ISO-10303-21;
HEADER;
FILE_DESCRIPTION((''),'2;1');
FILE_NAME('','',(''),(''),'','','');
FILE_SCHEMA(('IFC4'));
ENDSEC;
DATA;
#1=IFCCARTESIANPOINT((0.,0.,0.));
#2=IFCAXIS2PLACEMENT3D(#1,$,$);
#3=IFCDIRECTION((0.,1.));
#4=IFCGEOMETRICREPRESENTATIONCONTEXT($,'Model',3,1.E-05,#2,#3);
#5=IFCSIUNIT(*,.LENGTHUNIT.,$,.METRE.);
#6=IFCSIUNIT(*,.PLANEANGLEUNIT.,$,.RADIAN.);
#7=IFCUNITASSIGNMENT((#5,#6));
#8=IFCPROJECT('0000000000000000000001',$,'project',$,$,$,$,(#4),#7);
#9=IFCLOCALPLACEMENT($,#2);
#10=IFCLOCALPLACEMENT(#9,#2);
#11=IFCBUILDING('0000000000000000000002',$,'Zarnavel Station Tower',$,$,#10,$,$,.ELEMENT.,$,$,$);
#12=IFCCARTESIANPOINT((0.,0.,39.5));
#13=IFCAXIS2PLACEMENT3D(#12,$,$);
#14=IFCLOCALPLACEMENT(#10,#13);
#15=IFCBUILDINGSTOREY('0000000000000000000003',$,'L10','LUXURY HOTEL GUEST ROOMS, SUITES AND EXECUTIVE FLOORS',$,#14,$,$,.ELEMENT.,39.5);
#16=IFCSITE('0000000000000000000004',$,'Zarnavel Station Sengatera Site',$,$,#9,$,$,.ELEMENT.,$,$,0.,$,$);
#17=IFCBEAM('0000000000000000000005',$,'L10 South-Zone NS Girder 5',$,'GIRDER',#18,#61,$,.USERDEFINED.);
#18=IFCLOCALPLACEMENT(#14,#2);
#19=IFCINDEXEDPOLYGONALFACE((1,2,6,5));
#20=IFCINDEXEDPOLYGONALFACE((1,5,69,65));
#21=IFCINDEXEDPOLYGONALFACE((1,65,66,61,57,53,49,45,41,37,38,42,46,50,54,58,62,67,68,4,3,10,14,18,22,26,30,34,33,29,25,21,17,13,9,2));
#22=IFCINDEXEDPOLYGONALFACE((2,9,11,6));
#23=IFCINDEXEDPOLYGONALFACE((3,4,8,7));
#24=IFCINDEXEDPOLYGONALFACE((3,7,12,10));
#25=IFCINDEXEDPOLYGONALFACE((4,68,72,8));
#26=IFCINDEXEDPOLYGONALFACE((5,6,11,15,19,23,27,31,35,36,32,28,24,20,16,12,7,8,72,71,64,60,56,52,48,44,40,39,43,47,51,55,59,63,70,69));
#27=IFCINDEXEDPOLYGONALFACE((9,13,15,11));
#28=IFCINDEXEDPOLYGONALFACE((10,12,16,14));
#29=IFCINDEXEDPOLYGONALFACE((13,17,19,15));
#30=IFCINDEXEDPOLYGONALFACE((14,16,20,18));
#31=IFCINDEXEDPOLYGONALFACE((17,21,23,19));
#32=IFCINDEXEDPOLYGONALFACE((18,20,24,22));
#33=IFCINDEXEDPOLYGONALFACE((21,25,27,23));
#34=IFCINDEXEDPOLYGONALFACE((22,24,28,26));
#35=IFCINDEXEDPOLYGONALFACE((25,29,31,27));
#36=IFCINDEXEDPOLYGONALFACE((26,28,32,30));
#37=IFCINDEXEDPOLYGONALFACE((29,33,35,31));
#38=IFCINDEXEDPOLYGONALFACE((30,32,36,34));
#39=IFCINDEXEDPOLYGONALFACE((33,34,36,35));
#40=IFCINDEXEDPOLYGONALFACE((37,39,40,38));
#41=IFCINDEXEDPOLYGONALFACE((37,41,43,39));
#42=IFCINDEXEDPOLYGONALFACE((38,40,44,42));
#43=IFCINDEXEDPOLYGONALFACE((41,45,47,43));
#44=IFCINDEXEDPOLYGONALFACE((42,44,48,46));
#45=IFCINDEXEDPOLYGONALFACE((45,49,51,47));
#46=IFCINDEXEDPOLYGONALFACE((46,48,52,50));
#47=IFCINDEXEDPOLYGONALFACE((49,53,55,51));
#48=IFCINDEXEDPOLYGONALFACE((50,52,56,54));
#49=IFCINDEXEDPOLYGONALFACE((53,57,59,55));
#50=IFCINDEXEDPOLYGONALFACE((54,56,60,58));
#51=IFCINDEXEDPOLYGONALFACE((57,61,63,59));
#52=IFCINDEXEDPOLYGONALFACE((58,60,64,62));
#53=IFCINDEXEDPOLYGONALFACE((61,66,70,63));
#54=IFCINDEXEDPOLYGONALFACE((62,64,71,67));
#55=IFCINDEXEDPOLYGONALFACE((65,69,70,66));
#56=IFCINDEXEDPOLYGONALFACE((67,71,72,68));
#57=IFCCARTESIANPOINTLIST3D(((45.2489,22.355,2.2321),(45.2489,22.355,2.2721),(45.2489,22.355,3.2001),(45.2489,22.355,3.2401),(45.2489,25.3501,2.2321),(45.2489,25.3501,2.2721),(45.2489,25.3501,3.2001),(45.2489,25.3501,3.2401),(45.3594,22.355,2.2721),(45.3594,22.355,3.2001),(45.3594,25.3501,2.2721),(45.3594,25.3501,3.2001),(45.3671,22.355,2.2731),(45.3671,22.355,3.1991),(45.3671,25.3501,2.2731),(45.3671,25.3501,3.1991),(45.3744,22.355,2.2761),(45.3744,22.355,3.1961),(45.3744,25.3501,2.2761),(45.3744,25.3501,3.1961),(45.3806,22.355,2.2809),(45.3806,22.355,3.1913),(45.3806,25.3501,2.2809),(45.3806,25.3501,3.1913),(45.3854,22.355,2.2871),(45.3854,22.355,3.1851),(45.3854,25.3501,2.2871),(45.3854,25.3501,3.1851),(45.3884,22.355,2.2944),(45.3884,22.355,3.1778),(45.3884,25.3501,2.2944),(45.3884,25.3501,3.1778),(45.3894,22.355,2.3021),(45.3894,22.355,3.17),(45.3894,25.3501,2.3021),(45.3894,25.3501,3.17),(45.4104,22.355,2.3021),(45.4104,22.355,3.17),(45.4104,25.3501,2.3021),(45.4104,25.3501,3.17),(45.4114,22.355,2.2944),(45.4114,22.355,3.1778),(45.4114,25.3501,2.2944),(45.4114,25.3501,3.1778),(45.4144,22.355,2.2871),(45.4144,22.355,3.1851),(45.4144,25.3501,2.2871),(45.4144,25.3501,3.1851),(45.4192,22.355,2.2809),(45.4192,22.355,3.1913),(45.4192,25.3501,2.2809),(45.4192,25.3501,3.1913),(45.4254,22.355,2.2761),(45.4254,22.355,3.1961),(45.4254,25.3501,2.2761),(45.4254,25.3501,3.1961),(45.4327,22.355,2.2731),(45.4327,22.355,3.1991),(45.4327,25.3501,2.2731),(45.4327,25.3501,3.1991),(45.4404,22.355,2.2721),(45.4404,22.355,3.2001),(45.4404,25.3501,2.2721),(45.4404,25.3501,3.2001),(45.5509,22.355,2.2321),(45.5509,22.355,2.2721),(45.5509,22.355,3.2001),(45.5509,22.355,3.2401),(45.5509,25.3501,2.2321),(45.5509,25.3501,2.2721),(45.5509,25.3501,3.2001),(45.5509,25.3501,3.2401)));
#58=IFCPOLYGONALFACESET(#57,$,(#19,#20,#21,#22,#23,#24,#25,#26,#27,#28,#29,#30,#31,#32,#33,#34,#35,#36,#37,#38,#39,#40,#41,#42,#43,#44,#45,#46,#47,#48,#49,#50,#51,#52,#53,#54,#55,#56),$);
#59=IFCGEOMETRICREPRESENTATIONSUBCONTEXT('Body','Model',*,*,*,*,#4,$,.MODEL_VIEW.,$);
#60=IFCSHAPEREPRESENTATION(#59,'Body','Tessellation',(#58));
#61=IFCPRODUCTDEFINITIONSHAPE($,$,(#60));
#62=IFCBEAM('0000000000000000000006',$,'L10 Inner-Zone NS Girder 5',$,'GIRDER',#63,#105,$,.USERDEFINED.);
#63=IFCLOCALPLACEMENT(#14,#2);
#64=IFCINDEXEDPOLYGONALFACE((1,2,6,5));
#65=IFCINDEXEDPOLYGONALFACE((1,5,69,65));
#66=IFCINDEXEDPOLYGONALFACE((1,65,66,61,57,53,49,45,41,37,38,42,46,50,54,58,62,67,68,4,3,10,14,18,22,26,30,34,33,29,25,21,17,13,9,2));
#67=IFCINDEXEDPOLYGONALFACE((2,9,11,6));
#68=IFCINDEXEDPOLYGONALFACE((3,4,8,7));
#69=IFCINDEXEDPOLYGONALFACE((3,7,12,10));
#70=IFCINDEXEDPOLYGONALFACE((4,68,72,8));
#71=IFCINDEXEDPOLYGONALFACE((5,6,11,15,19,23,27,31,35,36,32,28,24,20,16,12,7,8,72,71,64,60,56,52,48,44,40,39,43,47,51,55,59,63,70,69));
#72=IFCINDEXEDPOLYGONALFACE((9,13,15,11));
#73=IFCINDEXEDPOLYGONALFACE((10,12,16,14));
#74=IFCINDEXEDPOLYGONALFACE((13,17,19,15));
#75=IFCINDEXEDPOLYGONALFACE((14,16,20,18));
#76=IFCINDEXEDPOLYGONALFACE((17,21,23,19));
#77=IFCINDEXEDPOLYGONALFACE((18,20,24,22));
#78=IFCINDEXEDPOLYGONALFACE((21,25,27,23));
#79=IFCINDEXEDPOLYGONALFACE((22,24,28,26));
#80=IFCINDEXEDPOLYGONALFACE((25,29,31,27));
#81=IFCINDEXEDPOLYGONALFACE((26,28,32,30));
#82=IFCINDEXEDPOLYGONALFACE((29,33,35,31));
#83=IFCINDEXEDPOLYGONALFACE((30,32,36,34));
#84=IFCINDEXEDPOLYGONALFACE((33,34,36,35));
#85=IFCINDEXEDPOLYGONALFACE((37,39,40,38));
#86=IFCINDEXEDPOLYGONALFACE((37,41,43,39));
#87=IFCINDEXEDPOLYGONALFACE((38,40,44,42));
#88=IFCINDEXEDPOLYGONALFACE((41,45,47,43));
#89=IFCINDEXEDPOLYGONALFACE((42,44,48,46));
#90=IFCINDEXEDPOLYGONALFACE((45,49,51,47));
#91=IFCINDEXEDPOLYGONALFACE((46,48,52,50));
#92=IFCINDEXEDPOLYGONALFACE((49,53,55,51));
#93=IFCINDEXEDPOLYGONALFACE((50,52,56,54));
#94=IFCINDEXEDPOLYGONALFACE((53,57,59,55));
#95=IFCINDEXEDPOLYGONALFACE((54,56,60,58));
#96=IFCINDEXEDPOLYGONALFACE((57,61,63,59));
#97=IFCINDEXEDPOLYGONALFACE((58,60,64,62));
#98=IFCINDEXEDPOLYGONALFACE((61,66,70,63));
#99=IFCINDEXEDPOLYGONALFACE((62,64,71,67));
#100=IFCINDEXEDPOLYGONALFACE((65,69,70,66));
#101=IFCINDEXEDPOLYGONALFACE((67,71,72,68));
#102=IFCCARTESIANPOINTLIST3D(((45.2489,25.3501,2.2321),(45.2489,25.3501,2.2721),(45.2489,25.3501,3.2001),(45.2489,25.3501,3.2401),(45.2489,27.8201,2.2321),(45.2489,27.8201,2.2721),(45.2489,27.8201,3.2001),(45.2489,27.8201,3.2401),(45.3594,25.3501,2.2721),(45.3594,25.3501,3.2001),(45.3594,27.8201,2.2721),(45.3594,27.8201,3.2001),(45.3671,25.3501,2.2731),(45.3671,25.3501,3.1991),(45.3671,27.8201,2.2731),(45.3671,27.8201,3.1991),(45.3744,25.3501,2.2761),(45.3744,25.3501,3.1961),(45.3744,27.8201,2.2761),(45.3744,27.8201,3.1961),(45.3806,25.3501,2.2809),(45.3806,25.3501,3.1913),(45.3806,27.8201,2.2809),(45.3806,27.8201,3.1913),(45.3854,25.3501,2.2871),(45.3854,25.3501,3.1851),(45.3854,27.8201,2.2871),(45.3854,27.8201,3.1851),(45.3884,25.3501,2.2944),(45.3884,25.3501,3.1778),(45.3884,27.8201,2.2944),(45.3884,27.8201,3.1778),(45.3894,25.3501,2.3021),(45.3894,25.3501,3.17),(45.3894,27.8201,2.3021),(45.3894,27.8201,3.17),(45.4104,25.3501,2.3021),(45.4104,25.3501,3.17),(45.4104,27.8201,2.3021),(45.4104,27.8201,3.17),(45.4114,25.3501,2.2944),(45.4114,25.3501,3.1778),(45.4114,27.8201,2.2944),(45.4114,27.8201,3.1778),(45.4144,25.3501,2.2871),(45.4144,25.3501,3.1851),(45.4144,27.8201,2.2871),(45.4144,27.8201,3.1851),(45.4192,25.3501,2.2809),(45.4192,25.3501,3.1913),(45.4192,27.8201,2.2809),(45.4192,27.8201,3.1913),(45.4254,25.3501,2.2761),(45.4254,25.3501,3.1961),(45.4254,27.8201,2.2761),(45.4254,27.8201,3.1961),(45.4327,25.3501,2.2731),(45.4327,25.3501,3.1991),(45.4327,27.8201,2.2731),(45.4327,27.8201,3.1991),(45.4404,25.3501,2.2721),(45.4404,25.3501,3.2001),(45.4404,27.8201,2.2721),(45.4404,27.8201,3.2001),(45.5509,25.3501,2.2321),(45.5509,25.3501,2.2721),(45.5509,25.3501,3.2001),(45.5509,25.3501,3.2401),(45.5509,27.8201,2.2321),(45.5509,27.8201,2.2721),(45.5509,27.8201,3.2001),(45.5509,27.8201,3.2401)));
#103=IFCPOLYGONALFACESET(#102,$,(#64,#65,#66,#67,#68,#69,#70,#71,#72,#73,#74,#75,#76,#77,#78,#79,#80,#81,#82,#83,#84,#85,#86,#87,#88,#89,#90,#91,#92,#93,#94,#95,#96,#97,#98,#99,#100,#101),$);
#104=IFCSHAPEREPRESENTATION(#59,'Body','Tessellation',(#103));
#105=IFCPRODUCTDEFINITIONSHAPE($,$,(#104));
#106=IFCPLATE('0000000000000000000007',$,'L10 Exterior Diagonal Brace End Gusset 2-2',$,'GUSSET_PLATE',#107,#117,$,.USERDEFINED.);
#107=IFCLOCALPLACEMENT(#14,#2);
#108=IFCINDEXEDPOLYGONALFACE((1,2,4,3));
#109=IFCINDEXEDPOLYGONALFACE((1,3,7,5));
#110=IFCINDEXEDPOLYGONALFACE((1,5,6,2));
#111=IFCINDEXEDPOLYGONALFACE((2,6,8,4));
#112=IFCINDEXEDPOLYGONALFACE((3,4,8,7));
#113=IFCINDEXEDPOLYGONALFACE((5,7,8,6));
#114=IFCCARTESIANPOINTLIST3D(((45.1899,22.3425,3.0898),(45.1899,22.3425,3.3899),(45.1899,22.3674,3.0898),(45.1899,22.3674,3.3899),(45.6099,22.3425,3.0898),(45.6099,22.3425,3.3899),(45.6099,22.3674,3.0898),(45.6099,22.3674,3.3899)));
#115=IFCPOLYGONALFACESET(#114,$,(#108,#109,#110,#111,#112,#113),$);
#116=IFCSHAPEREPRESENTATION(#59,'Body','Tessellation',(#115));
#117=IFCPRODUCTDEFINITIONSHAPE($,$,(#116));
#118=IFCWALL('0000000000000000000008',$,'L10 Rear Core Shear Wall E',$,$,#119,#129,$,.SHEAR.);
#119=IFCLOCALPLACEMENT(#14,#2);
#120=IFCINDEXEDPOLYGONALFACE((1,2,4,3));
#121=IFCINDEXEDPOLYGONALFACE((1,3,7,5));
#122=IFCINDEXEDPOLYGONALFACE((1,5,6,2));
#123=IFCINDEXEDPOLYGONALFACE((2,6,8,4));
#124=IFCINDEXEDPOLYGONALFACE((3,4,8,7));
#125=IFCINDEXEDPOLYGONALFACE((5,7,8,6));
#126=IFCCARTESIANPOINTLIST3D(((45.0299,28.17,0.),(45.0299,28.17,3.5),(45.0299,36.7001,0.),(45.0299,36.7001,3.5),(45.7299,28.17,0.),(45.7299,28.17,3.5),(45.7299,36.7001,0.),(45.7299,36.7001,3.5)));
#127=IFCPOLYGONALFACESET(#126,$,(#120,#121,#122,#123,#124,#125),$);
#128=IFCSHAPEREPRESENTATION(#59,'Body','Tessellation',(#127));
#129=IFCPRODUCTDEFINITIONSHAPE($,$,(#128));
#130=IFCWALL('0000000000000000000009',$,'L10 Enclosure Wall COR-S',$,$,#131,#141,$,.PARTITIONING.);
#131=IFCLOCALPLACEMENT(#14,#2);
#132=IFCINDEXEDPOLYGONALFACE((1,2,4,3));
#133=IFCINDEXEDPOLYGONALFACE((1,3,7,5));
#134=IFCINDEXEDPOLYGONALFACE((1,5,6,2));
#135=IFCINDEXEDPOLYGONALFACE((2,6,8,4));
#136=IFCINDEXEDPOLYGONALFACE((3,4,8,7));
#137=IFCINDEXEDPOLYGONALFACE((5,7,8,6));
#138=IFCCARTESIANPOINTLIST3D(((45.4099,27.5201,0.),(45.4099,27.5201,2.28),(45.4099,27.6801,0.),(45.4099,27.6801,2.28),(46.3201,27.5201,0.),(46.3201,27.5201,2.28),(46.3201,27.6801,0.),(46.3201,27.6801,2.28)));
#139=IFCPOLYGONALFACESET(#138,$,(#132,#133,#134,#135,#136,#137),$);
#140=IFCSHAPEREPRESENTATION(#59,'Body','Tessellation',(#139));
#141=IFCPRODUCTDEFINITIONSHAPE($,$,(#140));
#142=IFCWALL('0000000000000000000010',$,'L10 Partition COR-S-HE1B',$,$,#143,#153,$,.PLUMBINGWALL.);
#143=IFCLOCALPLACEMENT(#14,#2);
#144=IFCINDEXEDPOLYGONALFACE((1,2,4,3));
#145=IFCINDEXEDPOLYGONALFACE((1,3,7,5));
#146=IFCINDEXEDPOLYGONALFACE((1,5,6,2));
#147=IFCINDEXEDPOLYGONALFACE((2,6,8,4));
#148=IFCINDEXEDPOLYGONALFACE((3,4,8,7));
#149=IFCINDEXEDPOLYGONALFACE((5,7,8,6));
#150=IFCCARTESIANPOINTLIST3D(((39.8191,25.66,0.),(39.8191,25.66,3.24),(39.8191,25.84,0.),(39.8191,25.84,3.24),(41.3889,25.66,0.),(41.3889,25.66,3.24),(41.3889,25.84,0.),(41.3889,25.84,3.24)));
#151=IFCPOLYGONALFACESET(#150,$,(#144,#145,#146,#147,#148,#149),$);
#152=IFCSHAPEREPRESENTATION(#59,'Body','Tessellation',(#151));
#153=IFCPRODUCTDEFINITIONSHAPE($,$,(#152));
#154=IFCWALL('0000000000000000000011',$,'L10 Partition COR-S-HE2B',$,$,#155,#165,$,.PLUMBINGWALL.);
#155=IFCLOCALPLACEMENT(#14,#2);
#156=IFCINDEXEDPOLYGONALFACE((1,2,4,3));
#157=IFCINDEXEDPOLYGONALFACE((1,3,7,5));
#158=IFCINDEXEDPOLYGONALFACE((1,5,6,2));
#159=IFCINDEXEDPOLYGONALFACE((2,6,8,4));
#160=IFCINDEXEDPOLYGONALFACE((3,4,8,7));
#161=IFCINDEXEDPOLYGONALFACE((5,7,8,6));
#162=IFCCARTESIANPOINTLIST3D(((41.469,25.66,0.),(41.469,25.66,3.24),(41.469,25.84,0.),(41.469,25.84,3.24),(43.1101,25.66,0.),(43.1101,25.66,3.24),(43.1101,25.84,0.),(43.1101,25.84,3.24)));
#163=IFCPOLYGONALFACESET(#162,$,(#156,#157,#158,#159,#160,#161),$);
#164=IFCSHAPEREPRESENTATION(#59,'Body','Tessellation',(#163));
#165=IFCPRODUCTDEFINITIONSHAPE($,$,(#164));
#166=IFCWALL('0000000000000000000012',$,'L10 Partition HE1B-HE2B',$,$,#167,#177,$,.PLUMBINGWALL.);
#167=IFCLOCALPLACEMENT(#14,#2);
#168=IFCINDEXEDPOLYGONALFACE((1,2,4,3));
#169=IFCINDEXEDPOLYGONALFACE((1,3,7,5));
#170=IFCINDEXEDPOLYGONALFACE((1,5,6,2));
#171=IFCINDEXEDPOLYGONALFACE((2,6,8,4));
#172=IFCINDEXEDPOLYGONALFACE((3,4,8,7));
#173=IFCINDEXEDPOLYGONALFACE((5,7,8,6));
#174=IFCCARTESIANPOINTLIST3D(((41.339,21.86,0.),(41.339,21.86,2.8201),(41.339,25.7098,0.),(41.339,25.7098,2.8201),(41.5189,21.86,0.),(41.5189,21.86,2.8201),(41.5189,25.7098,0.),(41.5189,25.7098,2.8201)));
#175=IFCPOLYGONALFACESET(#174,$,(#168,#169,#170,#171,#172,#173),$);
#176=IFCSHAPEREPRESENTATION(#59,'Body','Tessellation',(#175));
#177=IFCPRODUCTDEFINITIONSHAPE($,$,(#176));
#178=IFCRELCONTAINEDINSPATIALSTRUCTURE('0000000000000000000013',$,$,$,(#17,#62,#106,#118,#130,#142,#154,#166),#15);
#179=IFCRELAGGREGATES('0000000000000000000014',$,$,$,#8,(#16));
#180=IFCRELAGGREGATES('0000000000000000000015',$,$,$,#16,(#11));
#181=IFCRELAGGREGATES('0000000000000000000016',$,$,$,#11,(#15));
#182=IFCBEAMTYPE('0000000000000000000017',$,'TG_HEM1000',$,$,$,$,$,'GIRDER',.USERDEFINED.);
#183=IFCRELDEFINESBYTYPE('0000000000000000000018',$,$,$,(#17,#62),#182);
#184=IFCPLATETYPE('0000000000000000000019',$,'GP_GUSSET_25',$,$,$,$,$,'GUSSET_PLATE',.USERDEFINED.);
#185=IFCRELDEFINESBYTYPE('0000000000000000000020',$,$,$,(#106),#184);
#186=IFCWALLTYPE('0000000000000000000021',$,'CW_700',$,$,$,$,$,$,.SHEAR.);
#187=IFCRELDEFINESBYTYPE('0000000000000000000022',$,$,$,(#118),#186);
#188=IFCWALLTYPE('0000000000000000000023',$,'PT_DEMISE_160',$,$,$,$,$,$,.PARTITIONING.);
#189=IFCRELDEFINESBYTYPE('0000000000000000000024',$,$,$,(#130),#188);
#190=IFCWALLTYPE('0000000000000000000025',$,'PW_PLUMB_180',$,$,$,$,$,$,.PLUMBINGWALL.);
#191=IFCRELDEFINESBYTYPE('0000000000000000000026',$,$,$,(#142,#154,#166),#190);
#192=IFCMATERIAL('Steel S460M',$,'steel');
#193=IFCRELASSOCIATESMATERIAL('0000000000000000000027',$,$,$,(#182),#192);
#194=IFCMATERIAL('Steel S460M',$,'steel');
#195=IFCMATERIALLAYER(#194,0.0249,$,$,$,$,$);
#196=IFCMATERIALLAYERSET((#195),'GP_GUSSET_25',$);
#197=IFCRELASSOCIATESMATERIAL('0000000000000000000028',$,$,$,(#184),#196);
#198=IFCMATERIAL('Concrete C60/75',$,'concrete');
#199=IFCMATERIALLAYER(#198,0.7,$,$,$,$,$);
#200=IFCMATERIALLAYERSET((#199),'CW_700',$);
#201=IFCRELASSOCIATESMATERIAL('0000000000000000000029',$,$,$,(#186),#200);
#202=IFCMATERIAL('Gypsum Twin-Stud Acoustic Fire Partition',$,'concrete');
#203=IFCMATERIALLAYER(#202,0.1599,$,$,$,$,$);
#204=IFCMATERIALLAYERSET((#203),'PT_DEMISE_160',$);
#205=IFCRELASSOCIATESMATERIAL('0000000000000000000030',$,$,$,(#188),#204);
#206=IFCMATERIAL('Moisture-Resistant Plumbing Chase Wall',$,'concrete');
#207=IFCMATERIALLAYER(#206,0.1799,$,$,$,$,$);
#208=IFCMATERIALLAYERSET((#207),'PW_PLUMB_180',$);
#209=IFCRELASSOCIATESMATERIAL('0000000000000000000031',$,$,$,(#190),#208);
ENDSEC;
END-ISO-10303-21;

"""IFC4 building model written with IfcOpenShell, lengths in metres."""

from ifc_helpers import new_model, si_unit, direction, frame, frame_2d, origin, origin_2d, place, context, subcontext, project, spatial, rectangle, i_section, extrude, material, layer, layer_set, material_profile, profile_set, type_object, element, save


model = new_model("IFC4")

# Units and contexts
model_context = context("Model", 3, precision=1e-05, world=origin(), true_north=direction((0.0, 1.0)))
body_context = subcontext(model_context, "Body", "Model", "MODEL_VIEW")
ifc_project = project(units=[si_unit("LENGTHUNIT", "METRE"), si_unit("PLANEANGLEUNIT", "RADIAN")], contexts=[model_context])

# Site, building, storey
site_placement = place(None, origin())
site = spatial("IfcSite", under=ifc_project, at=site_placement, Name="Zarnavel Station Sengatera Site", CompositionType="ELEMENT", RefElevation=0.0)
building_placement = place(site_placement, origin())
building = spatial("IfcBuilding", under=site, at=building_placement, Name="Zarnavel Station Tower", CompositionType="ELEMENT")
storey_placement = place(building_placement, frame((0.0, 0.0, 39.5)))
storey = spatial("IfcBuildingStorey", under=building, at=storey_placement, Name="L10", Description="LUXURY HOTEL GUEST ROOMS, SUITES AND EXECUTIVE FLOORS", CompositionType="ELEMENT", Elevation=39.5)

# Beams
ifc_material_1 = material(Name="Steel S460M", Category="steel")
ifc_material_profile_1 = material_profile(ifc_material_1, i_section(OverallWidth=0.302, OverallDepth=1.0081, WebThickness=0.021, FlangeThickness=0.04, FilletRadius=0.03, at=origin_2d()), Name="HEM1000")
ifc_profile_set_1 = profile_set([ifc_material_profile_1], Name="Steel S460M")
beam_type_1 = type_object("IfcBeamType", Name="TG_HEM1000", ElementType="GIRDER", PredefinedType="USERDEFINED", material=ifc_profile_set_1)
beam_1_placement = place(storey_placement, frame((45.3999, 22.355, 2.7361), z_axis=(0.0, 1.0, 0.0), x_axis=(-1.0, 0.0, 0.0)))
element("IfcBeam", 1, at=beam_1_placement, inside=storey, type_object=beam_type_1, Name="L10 South-Zone NS Girder 5", ObjectType="GIRDER", PredefinedType="USERDEFINED", context=body_context, shape_type="SweptSolid", body=[
    extrude(i_section(OverallWidth=0.302, OverallDepth=1.0081, WebThickness=0.021, FlangeThickness=0.04, FilletRadius=0.03, at=origin_2d()), origin(), (0.0, 0.0, 1.0), 2.9951),
])
beam_2_placement = place(storey_placement, frame((45.3999, 25.3501, 2.7361), z_axis=(0.0, 1.0, 0.0), x_axis=(-1.0, 0.0, 0.0)))
element("IfcBeam", 2, at=beam_2_placement, inside=storey, type_object=beam_type_1, Name="L10 Inner-Zone NS Girder 5", ObjectType="GIRDER", PredefinedType="USERDEFINED", context=body_context, shape_type="SweptSolid", body=[
    extrude(i_section(OverallWidth=0.302, OverallDepth=1.0081, WebThickness=0.021, FlangeThickness=0.04, FilletRadius=0.03, at=origin_2d()), origin(), (0.0, 0.0, 1.0), 2.47),
])

# Plate
ifc_material_2 = material(Name="Steel S460M", Category="steel")
ifc_layer_1 = layer(ifc_material_2, 0.0249)
ifc_layer_set_1 = layer_set([ifc_layer_1], Name="GP_GUSSET_25")
plate_type = type_object("IfcPlateType", Name="GP_GUSSET_25", ElementType="GUSSET_PLATE", PredefinedType="USERDEFINED", material=ifc_layer_set_1)
plate_placement = place(storey_placement, frame((45.3999, 22.355, 3.0898), z_axis=(0.0, 0.0, 1.0), x_axis=(1.0, 0.0, 0.0)))
element("IfcPlate", 3, at=plate_placement, inside=storey, type_object=plate_type, Name="L10 Exterior Diagonal Brace End Gusset 2-2", ObjectType="GUSSET_PLATE", PredefinedType="USERDEFINED", context=body_context, shape_type="SweptSolid", body=[
    extrude(rectangle(XDim=0.4199, YDim=0.0249, at=origin_2d()), origin(), (0.0, 0.0, 1.0), 0.3),
])

# Shared definitions
ifc_material_3 = material(Name="Concrete C60/75", Category="concrete")
ifc_layer_2 = layer(ifc_material_3, 0.7)
ifc_layer_set_2 = layer_set([ifc_layer_2], Name="CW_700")
wall_type_1 = type_object("IfcWallType", Name="CW_700", PredefinedType="SHEAR", material=ifc_layer_set_2)

# Wall
wall_1_placement = place(storey_placement, frame((45.3799, 28.1699, 0.0), z_axis=(0.0, 0.0, 1.0), x_axis=(0.0, 1.0, 0.0)))
element("IfcWall", 4, at=wall_1_placement, inside=storey, type_object=wall_type_1, Name="L10 Rear Core Shear Wall E", PredefinedType="SHEAR", context=body_context, shape_type="SweptSolid", body=[
    extrude(rectangle(XDim=8.53, YDim=0.7, at=frame_2d((4.2651, 0.0))), origin(), (0.0, 0.0, 1.0), 3.5),
])

# Shared definitions
ifc_material_4 = material(Name="Gypsum Twin-Stud Acoustic Fire Partition", Category="concrete")
ifc_layer_3 = layer(ifc_material_4, 0.1599)
ifc_layer_set_3 = layer_set([ifc_layer_3], Name="PT_DEMISE_160")
wall_type_2 = type_object("IfcWallType", Name="PT_DEMISE_160", PredefinedType="PARTITIONING", material=ifc_layer_set_3)

# Walls
wall_2_placement = place(storey_placement, frame((45.4099, 27.6001, 0.0), z_axis=(0.0, 0.0, 1.0), x_axis=(1.0, 0.0, 0.0)))
element("IfcWall", 5, at=wall_2_placement, inside=storey, type_object=wall_type_2, Name="L10 Enclosure Wall COR-S", PredefinedType="PARTITIONING", context=body_context, shape_type="SweptSolid", body=[
    extrude(rectangle(XDim=0.9102, YDim=0.1599, at=frame_2d((0.4551, 0.0))), origin(), (0.0, 0.0, 1.0), 2.28),
])
ifc_material_5 = material(Name="Moisture-Resistant Plumbing Chase Wall", Category="concrete")
ifc_layer_4 = layer(ifc_material_5, 0.1799)
ifc_layer_set_4 = layer_set([ifc_layer_4], Name="PW_PLUMB_180")
wall_type_3 = type_object("IfcWallType", Name="PW_PLUMB_180", PredefinedType="PLUMBINGWALL", material=ifc_layer_set_4)
wall_3_placement = place(storey_placement, frame((39.8191, 25.75, 0.0), z_axis=(0.0, 0.0, 1.0), x_axis=(1.0, 0.0, 0.0)))
element("IfcWall", 6, at=wall_3_placement, inside=storey, type_object=wall_type_3, Name="L10 Partition COR-S-HE1B", PredefinedType="PLUMBINGWALL", context=body_context, shape_type="SweptSolid", body=[
    extrude(rectangle(XDim=1.5698, YDim=0.1799, at=frame_2d((0.7849, 0.0))), origin(), (0.0, 0.0, 1.0), 3.24),
])
wall_4_placement = place(storey_placement, frame((41.469, 25.75, 0.0), z_axis=(0.0, 0.0, 1.0), x_axis=(1.0, 0.0, 0.0)))
element("IfcWall", 7, at=wall_4_placement, inside=storey, type_object=wall_type_3, Name="L10 Partition COR-S-HE2B", PredefinedType="PLUMBINGWALL", context=body_context, shape_type="SweptSolid", body=[
    extrude(rectangle(XDim=1.6411, YDim=0.1799, at=frame_2d((0.8206, 0.0))), origin(), (0.0, 0.0, 1.0), 3.24),
])
wall_5_placement = place(storey_placement, frame((41.429, 21.8601, 0.0), z_axis=(0.0, 0.0, 1.0), x_axis=(0.0, 1.0, 0.0)))
element("IfcWall", 8, at=wall_5_placement, inside=storey, type_object=wall_type_3, Name="L10 Partition HE1B-HE2B", PredefinedType="PLUMBINGWALL", context=body_context, shape_type="SweptSolid", body=[
    extrude(rectangle(XDim=3.8499, YDim=0.1799, at=frame_2d((1.9248, 0.0))), origin(), (0.0, 0.0, 1.0), 2.8201),
])

save(model, "model.ifc")
